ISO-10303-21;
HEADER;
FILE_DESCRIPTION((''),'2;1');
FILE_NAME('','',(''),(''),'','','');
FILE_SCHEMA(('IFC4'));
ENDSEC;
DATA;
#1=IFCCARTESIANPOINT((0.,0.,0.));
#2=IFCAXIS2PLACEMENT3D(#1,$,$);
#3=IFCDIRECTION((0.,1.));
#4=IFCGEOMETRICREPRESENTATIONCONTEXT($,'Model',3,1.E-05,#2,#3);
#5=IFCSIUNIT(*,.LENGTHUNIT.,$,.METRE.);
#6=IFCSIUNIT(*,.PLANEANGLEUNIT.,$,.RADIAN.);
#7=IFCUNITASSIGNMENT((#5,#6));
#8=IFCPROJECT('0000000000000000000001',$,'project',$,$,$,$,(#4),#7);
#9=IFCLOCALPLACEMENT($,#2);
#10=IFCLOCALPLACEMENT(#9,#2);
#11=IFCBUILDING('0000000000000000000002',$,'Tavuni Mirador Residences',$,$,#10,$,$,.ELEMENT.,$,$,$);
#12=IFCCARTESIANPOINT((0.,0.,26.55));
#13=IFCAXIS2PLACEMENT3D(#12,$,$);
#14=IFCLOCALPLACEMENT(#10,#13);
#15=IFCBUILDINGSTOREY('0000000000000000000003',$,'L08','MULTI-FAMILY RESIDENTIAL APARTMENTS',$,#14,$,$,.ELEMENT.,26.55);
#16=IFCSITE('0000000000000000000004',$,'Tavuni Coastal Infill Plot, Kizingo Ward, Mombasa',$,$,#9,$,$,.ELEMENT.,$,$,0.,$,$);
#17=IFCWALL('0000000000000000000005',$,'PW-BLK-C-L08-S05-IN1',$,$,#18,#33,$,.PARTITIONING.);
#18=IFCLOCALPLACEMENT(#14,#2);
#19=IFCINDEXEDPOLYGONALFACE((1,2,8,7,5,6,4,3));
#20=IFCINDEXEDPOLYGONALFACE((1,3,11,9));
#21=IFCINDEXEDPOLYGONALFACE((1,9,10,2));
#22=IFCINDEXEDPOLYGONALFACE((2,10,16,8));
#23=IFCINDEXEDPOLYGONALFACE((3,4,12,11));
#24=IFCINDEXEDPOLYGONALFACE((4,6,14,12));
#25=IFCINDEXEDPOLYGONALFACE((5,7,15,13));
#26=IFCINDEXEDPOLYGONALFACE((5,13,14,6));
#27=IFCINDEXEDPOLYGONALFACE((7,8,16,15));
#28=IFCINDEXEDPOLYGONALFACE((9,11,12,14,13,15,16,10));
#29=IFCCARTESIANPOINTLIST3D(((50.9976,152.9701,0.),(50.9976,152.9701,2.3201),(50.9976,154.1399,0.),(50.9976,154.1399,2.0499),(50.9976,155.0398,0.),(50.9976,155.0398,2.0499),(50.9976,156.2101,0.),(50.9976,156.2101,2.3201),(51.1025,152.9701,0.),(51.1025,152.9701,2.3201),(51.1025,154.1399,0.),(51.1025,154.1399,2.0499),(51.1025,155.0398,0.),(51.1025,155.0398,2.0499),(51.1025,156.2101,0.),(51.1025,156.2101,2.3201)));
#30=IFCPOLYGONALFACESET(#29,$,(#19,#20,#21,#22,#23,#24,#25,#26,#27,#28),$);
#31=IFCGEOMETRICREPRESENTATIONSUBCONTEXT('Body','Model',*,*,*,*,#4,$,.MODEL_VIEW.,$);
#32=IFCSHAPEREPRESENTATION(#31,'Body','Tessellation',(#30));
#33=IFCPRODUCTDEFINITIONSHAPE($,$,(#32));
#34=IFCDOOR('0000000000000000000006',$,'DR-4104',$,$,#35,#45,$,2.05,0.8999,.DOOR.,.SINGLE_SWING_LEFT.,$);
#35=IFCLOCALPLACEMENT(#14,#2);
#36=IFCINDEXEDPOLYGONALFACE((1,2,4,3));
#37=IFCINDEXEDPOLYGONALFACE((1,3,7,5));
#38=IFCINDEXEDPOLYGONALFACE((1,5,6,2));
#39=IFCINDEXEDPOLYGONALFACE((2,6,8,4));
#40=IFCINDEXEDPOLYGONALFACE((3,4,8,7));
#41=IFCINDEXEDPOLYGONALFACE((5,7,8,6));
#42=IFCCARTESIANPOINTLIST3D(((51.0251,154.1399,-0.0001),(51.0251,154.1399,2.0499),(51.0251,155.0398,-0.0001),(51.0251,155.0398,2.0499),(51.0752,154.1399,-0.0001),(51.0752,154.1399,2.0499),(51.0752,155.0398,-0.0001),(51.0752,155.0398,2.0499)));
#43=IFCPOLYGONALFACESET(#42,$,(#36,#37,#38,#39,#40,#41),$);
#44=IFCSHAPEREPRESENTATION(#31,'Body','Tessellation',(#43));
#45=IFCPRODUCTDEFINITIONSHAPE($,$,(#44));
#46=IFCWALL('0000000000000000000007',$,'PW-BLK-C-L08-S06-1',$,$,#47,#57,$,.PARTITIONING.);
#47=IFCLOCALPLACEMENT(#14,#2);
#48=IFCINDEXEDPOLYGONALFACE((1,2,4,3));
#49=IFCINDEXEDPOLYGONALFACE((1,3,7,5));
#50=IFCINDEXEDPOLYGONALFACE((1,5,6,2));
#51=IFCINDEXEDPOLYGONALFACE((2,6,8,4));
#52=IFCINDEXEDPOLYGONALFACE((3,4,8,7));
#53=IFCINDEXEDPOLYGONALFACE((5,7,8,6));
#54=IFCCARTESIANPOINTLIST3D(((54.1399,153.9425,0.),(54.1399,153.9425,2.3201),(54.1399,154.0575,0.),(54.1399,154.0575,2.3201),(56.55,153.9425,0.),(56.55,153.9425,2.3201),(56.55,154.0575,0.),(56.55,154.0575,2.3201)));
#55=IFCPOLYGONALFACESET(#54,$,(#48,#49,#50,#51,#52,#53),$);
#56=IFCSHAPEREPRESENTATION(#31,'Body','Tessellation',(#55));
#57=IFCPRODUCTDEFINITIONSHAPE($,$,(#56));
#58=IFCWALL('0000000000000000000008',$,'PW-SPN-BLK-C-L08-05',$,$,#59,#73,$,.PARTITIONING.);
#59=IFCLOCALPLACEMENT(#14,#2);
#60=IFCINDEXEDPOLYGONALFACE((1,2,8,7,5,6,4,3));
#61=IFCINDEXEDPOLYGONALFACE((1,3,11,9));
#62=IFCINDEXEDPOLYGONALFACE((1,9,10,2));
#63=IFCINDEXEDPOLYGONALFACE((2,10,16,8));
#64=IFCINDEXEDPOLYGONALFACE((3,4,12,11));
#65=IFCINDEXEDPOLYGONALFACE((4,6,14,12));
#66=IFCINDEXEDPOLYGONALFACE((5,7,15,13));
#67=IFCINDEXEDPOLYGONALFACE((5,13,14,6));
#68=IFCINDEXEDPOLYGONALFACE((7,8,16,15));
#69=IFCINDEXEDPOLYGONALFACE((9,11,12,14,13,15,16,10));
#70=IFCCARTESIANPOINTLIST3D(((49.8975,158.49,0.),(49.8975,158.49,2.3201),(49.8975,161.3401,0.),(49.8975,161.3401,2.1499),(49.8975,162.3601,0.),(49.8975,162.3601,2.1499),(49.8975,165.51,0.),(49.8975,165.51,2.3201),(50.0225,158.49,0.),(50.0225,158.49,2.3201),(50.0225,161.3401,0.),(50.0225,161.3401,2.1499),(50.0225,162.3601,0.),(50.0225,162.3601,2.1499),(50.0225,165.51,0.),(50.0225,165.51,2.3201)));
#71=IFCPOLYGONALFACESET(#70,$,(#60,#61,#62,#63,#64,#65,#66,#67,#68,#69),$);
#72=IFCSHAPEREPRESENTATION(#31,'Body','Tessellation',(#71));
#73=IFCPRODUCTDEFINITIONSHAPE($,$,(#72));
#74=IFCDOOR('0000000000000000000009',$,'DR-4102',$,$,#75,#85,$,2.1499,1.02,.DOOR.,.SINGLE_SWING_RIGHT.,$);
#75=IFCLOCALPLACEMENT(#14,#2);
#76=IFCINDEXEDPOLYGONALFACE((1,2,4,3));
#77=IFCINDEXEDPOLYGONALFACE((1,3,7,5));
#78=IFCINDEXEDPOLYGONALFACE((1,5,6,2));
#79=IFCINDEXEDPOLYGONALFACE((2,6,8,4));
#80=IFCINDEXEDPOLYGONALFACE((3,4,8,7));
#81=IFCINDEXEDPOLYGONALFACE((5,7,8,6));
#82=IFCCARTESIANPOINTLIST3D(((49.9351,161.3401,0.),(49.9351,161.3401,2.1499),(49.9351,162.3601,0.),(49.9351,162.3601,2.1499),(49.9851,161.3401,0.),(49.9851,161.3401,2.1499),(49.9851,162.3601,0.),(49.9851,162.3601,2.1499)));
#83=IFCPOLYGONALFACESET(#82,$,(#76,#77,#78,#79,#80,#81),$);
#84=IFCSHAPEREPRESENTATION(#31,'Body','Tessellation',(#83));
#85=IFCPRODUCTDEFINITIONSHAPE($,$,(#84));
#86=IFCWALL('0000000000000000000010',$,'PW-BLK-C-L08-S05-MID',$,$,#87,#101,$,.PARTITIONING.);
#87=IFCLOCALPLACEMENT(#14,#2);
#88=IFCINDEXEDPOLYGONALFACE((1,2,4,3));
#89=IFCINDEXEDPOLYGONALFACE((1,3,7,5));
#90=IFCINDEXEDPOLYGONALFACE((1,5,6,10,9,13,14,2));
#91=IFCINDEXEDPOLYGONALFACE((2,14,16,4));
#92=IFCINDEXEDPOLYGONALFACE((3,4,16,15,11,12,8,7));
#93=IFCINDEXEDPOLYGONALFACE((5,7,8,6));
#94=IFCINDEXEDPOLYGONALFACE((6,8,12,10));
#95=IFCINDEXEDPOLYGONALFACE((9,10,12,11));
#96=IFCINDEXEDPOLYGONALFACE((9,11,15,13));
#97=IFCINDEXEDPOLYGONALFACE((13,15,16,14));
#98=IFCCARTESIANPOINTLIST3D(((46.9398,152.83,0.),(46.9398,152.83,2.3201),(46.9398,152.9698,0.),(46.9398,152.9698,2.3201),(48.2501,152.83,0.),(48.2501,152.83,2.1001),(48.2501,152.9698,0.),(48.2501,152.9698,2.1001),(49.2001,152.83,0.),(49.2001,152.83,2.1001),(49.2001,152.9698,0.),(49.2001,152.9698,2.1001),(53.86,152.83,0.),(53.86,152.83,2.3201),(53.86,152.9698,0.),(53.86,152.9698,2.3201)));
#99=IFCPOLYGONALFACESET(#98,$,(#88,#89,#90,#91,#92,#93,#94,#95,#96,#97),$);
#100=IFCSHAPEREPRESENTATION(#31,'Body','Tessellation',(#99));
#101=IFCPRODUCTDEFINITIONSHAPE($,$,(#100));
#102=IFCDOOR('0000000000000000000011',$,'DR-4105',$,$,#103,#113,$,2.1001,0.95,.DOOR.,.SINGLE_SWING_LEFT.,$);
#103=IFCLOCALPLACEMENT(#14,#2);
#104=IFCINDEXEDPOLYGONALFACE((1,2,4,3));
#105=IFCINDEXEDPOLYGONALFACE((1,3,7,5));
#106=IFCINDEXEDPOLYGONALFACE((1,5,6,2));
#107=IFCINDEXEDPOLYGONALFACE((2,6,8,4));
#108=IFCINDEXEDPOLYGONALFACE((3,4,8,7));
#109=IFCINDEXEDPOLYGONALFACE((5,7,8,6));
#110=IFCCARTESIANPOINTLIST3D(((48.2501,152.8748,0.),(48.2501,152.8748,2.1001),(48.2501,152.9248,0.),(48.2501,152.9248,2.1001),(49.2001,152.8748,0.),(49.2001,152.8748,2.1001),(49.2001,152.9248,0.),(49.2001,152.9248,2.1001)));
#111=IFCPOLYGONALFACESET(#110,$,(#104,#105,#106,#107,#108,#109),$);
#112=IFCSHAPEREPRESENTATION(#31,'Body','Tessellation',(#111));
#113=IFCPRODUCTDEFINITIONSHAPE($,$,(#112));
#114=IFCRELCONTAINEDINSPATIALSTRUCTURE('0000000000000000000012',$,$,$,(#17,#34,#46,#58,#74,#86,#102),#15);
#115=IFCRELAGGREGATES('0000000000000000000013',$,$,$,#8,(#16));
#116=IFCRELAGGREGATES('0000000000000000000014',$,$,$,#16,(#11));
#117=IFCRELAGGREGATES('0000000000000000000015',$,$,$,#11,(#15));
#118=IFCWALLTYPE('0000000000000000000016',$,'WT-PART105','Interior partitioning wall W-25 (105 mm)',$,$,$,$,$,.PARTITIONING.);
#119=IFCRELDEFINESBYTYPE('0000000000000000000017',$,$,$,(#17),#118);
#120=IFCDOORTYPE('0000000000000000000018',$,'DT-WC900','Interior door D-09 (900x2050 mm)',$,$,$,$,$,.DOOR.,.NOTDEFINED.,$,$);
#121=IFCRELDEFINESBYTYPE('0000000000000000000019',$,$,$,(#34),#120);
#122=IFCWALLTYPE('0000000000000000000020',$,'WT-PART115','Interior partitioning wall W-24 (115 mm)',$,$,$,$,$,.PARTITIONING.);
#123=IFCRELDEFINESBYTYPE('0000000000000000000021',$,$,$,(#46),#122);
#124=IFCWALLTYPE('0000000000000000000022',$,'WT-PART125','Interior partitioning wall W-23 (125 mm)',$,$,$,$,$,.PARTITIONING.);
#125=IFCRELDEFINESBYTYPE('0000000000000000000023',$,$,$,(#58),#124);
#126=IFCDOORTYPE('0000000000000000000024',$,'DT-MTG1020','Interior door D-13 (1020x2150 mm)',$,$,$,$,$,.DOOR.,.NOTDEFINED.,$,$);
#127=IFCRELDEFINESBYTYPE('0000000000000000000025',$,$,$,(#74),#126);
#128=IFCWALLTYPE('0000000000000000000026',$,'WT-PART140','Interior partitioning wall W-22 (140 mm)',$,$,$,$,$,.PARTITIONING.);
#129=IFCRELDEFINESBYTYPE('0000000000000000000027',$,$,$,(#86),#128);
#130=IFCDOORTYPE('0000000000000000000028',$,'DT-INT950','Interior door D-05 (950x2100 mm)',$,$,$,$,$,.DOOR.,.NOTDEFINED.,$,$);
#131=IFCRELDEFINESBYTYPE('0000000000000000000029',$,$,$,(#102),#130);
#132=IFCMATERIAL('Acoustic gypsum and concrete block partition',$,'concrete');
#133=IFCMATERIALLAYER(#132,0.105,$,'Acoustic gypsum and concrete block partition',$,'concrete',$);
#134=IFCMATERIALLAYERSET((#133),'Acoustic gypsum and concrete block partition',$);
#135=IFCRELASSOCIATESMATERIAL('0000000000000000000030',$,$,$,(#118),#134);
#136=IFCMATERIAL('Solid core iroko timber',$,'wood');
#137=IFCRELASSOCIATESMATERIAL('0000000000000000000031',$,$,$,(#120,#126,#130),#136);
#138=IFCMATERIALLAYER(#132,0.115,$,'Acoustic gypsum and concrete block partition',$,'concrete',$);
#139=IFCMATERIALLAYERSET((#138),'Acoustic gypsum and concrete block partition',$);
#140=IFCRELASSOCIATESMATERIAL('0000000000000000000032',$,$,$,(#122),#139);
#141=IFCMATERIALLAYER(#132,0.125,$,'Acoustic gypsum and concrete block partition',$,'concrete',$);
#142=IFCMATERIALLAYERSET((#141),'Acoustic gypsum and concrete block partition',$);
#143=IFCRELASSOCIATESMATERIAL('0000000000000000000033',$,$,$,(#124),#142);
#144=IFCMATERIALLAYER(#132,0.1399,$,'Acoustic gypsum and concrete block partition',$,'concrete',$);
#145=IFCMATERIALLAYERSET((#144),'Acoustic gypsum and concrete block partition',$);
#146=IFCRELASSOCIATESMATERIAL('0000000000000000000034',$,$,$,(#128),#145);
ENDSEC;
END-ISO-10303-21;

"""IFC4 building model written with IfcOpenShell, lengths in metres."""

from ifc_helpers import new_model, si_unit, direction, frame, frame_2d, origin, place, context, subcontext, project, spatial, rectangle, extrude, material, layer, layer_set, type_object, element, fill, save


model = new_model("IFC4")

# Units and contexts
model_context = context("Model", 3, precision=1e-05, world=origin(), true_north=direction((0.0, 1.0)))
body_context = subcontext(model_context, "Body", "Model", "MODEL_VIEW")
ifc_project = project(units=[si_unit("LENGTHUNIT", "METRE"), si_unit("PLANEANGLEUNIT", "RADIAN")], contexts=[model_context])

# Site, building, storey
site_placement = place(None, origin())
site = spatial("IfcSite", under=ifc_project, at=site_placement, Name="Tavuni Coastal Infill Plot, Kizingo Ward, Mombasa", CompositionType="ELEMENT", RefElevation=0.0)
building_placement = place(site_placement, origin())
building = spatial("IfcBuilding", under=site, at=building_placement, Name="Tavuni Mirador Residences", CompositionType="ELEMENT")
storey_placement = place(building_placement, frame((0.0, 0.0, 26.55)))
storey = spatial("IfcBuildingStorey", under=building, at=storey_placement, Name="L08", Description="MULTI-FAMILY RESIDENTIAL APARTMENTS", CompositionType="ELEMENT", Elevation=26.55)

# Wall, opening, door
ifc_material_1 = material(Name="Solid core iroko timber", Category="wood")
ifc_material_2 = material(Name="Acoustic gypsum and concrete block partition", Category="concrete")
ifc_layer_1 = layer(ifc_material_2, 0.105, Name="Acoustic gypsum and concrete block partition", Category="concrete")
ifc_layer_set_1 = layer_set([ifc_layer_1], Name="Acoustic gypsum and concrete block partition")
wall_type_1 = type_object("IfcWallType", Name="WT-PART105", Description="Interior partitioning wall W-25 (105 mm)", PredefinedType="PARTITIONING", material=ifc_layer_set_1)
wall_1_placement = place(storey_placement, frame((51.05, 152.97, 0.0), z_axis=(0.0, 0.0, 1.0), x_axis=(0.0, 1.0, 0.0)))
wall_1 = element("IfcWall", 1, at=wall_1_placement, inside=storey, type_object=wall_type_1, Name="PW-BLK-C-L08-S05-IN1", PredefinedType="PARTITIONING", context=body_context, shape_type="SweptSolid", body=[
    extrude(rectangle(XDim=3.24, YDim=0.105, at=frame_2d((1.6201, 0.0))), origin(), (0.0, 0.0, 1.0), 2.3201),
])
opening_1_placement = place(wall_1_placement, frame((1.1699, 0.0, 0.0)))
opening_1 = element("IfcOpeningElement", 2, at=opening_1_placement, cuts=wall_1, PredefinedType="OPENING", context=body_context, shape_type="SweptSolid", body=[
    extrude(rectangle(XDim=0.8999, YDim=2.05, at=frame_2d((0.45, 1.0249))), frame((0.0, 0.0625, 0.0), z_axis=(0.0, -1.0, 0.0), x_axis=(1.0, 0.0, 0.0)), (0.0, 0.0, 1.0), 0.125),
])
door_type_1 = type_object("IfcDoorType", Name="DT-WC900", Description="Interior door D-09 (900x2050 mm)", OperationType="NOTDEFINED", PredefinedType="DOOR", material=ifc_material_1)
door_1_placement = place(opening_1_placement, origin())
door_1 = element("IfcDoor", 3, at=door_1_placement, inside=storey, type_object=door_type_1, Name="DR-4104", OperationType="SINGLE_SWING_LEFT", OverallHeight=2.05, OverallWidth=0.8999, PredefinedType="DOOR", context=body_context, shape_type="SweptSolid", body=[
    extrude(rectangle(XDim=0.8999, YDim=2.05, at=frame_2d((0.45, 1.0249))), frame((0.0, 0.0249, 0.0), z_axis=(0.0, -1.0, 0.0), x_axis=(1.0, 0.0, 0.0)), (0.0, 0.0, 1.0), 0.05),
])
fill(opening_1, door_1)

# Wall
ifc_layer_2 = layer(ifc_material_2, 0.115, Name="Acoustic gypsum and concrete block partition", Category="concrete")
ifc_layer_set_2 = layer_set([ifc_layer_2], Name="Acoustic gypsum and concrete block partition")
wall_type_2 = type_object("IfcWallType", Name="WT-PART115", Description="Interior partitioning wall W-24 (115 mm)", PredefinedType="PARTITIONING", material=ifc_layer_set_2)
wall_2_placement = place(storey_placement, frame((54.1399, 154.0, 0.0), z_axis=(0.0, 0.0, 1.0), x_axis=(1.0, 0.0, 0.0)))
element("IfcWall", 4, at=wall_2_placement, inside=storey, type_object=wall_type_2, Name="PW-BLK-C-L08-S06-1", PredefinedType="PARTITIONING", context=body_context, shape_type="SweptSolid", body=[
    extrude(rectangle(XDim=2.4102, YDim=0.115, at=frame_2d((1.2051, 0.0))), origin(), (0.0, 0.0, 1.0), 2.3201),
])

# Walls, openings, doors
ifc_layer_3 = layer(ifc_material_2, 0.125, Name="Acoustic gypsum and concrete block partition", Category="concrete")
ifc_layer_set_3 = layer_set([ifc_layer_3], Name="Acoustic gypsum and concrete block partition")
wall_type_3 = type_object("IfcWallType", Name="WT-PART125", Description="Interior partitioning wall W-23 (125 mm)", PredefinedType="PARTITIONING", material=ifc_layer_set_3)
wall_3_placement = place(storey_placement, frame((49.96, 158.49, 0.0), z_axis=(0.0, 0.0, 1.0), x_axis=(0.0, 1.0, 0.0)))
wall_3 = element("IfcWall", 5, at=wall_3_placement, inside=storey, type_object=wall_type_3, Name="PW-SPN-BLK-C-L08-05", PredefinedType="PARTITIONING", context=body_context, shape_type="SweptSolid", body=[
    extrude(rectangle(XDim=7.02, YDim=0.125, at=frame_2d((3.51, 0.0))), origin(), (0.0, 0.0, 1.0), 2.3201),
])
opening_2_placement = place(wall_3_placement, frame((2.8501, 0.0, 0.0)))
opening_2 = element("IfcOpeningElement", 6, at=opening_2_placement, cuts=wall_3, PredefinedType="OPENING", context=body_context, shape_type="SweptSolid", body=[
    extrude(rectangle(XDim=1.02, YDim=2.1499, at=frame_2d((0.51, 1.075))), frame((0.0, 0.0725, 0.0), z_axis=(0.0, -1.0, 0.0), x_axis=(1.0, 0.0, 0.0)), (0.0, 0.0, 1.0), 0.145),
])
door_type_2 = type_object("IfcDoorType", Name="DT-MTG1020", Description="Interior door D-13 (1020x2150 mm)", OperationType="NOTDEFINED", PredefinedType="DOOR", material=ifc_material_1)
door_2_placement = place(opening_2_placement, origin())
door_2 = element("IfcDoor", 7, at=door_2_placement, inside=storey, type_object=door_type_2, Name="DR-4102", OperationType="SINGLE_SWING_RIGHT", OverallHeight=2.1499, OverallWidth=1.02, PredefinedType="DOOR", context=body_context, shape_type="SweptSolid", body=[
    extrude(rectangle(XDim=1.02, YDim=2.1499, at=frame_2d((0.51, 1.075))), frame((0.0, 0.0249, 0.0), z_axis=(0.0, -1.0, 0.0), x_axis=(1.0, 0.0, 0.0)), (0.0, 0.0, 1.0), 0.05),
])
fill(opening_2, door_2)
ifc_layer_4 = layer(ifc_material_2, 0.1399, Name="Acoustic gypsum and concrete block partition", Category="concrete")
ifc_layer_set_4 = layer_set([ifc_layer_4], Name="Acoustic gypsum and concrete block partition")
wall_type_4 = type_object("IfcWallType", Name="WT-PART140", Description="Interior partitioning wall W-22 (140 mm)", PredefinedType="PARTITIONING", material=ifc_layer_set_4)
wall_4_placement = place(storey_placement, frame((46.9399, 152.8999, 0.0), z_axis=(0.0, 0.0, 1.0), x_axis=(1.0, 0.0, 0.0)))
wall_4 = element("IfcWall", 8, at=wall_4_placement, inside=storey, type_object=wall_type_4, Name="PW-BLK-C-L08-S05-MID", PredefinedType="PARTITIONING", context=body_context, shape_type="SweptSolid", body=[
    extrude(rectangle(XDim=6.9202, YDim=0.1399, at=frame_2d((3.46, 0.0))), origin(), (0.0, 0.0, 1.0), 2.3201),
])
opening_3_placement = place(wall_4_placement, frame((1.3101, 0.0, 0.0)))
opening_3 = element("IfcOpeningElement", 9, at=opening_3_placement, cuts=wall_4, PredefinedType="OPENING", context=body_context, shape_type="SweptSolid", body=[
    extrude(rectangle(XDim=0.95, YDim=2.1001, at=frame_2d((0.4751, 1.05))), frame((0.0, 0.0801, 0.0), z_axis=(0.0, -1.0, 0.0), x_axis=(1.0, 0.0, 0.0)), (0.0, 0.0, 1.0), 0.1599),
])
door_type_3 = type_object("IfcDoorType", Name="DT-INT950", Description="Interior door D-05 (950x2100 mm)", OperationType="NOTDEFINED", PredefinedType="DOOR", material=ifc_material_1)
door_3_placement = place(opening_3_placement, origin())
door_3 = element("IfcDoor", 10, at=door_3_placement, inside=storey, type_object=door_type_3, Name="DR-4105", OperationType="SINGLE_SWING_LEFT", OverallHeight=2.1001, OverallWidth=0.95, PredefinedType="DOOR", context=body_context, shape_type="SweptSolid", body=[
    extrude(rectangle(XDim=0.95, YDim=2.1001, at=frame_2d((0.4751, 1.05))), frame((0.0, 0.0249, 0.0), z_axis=(0.0, -1.0, 0.0), x_axis=(1.0, 0.0, 0.0)), (0.0, 0.0, 1.0), 0.05),
])
fill(opening_3, door_3)

save(model, "model.ifc")
